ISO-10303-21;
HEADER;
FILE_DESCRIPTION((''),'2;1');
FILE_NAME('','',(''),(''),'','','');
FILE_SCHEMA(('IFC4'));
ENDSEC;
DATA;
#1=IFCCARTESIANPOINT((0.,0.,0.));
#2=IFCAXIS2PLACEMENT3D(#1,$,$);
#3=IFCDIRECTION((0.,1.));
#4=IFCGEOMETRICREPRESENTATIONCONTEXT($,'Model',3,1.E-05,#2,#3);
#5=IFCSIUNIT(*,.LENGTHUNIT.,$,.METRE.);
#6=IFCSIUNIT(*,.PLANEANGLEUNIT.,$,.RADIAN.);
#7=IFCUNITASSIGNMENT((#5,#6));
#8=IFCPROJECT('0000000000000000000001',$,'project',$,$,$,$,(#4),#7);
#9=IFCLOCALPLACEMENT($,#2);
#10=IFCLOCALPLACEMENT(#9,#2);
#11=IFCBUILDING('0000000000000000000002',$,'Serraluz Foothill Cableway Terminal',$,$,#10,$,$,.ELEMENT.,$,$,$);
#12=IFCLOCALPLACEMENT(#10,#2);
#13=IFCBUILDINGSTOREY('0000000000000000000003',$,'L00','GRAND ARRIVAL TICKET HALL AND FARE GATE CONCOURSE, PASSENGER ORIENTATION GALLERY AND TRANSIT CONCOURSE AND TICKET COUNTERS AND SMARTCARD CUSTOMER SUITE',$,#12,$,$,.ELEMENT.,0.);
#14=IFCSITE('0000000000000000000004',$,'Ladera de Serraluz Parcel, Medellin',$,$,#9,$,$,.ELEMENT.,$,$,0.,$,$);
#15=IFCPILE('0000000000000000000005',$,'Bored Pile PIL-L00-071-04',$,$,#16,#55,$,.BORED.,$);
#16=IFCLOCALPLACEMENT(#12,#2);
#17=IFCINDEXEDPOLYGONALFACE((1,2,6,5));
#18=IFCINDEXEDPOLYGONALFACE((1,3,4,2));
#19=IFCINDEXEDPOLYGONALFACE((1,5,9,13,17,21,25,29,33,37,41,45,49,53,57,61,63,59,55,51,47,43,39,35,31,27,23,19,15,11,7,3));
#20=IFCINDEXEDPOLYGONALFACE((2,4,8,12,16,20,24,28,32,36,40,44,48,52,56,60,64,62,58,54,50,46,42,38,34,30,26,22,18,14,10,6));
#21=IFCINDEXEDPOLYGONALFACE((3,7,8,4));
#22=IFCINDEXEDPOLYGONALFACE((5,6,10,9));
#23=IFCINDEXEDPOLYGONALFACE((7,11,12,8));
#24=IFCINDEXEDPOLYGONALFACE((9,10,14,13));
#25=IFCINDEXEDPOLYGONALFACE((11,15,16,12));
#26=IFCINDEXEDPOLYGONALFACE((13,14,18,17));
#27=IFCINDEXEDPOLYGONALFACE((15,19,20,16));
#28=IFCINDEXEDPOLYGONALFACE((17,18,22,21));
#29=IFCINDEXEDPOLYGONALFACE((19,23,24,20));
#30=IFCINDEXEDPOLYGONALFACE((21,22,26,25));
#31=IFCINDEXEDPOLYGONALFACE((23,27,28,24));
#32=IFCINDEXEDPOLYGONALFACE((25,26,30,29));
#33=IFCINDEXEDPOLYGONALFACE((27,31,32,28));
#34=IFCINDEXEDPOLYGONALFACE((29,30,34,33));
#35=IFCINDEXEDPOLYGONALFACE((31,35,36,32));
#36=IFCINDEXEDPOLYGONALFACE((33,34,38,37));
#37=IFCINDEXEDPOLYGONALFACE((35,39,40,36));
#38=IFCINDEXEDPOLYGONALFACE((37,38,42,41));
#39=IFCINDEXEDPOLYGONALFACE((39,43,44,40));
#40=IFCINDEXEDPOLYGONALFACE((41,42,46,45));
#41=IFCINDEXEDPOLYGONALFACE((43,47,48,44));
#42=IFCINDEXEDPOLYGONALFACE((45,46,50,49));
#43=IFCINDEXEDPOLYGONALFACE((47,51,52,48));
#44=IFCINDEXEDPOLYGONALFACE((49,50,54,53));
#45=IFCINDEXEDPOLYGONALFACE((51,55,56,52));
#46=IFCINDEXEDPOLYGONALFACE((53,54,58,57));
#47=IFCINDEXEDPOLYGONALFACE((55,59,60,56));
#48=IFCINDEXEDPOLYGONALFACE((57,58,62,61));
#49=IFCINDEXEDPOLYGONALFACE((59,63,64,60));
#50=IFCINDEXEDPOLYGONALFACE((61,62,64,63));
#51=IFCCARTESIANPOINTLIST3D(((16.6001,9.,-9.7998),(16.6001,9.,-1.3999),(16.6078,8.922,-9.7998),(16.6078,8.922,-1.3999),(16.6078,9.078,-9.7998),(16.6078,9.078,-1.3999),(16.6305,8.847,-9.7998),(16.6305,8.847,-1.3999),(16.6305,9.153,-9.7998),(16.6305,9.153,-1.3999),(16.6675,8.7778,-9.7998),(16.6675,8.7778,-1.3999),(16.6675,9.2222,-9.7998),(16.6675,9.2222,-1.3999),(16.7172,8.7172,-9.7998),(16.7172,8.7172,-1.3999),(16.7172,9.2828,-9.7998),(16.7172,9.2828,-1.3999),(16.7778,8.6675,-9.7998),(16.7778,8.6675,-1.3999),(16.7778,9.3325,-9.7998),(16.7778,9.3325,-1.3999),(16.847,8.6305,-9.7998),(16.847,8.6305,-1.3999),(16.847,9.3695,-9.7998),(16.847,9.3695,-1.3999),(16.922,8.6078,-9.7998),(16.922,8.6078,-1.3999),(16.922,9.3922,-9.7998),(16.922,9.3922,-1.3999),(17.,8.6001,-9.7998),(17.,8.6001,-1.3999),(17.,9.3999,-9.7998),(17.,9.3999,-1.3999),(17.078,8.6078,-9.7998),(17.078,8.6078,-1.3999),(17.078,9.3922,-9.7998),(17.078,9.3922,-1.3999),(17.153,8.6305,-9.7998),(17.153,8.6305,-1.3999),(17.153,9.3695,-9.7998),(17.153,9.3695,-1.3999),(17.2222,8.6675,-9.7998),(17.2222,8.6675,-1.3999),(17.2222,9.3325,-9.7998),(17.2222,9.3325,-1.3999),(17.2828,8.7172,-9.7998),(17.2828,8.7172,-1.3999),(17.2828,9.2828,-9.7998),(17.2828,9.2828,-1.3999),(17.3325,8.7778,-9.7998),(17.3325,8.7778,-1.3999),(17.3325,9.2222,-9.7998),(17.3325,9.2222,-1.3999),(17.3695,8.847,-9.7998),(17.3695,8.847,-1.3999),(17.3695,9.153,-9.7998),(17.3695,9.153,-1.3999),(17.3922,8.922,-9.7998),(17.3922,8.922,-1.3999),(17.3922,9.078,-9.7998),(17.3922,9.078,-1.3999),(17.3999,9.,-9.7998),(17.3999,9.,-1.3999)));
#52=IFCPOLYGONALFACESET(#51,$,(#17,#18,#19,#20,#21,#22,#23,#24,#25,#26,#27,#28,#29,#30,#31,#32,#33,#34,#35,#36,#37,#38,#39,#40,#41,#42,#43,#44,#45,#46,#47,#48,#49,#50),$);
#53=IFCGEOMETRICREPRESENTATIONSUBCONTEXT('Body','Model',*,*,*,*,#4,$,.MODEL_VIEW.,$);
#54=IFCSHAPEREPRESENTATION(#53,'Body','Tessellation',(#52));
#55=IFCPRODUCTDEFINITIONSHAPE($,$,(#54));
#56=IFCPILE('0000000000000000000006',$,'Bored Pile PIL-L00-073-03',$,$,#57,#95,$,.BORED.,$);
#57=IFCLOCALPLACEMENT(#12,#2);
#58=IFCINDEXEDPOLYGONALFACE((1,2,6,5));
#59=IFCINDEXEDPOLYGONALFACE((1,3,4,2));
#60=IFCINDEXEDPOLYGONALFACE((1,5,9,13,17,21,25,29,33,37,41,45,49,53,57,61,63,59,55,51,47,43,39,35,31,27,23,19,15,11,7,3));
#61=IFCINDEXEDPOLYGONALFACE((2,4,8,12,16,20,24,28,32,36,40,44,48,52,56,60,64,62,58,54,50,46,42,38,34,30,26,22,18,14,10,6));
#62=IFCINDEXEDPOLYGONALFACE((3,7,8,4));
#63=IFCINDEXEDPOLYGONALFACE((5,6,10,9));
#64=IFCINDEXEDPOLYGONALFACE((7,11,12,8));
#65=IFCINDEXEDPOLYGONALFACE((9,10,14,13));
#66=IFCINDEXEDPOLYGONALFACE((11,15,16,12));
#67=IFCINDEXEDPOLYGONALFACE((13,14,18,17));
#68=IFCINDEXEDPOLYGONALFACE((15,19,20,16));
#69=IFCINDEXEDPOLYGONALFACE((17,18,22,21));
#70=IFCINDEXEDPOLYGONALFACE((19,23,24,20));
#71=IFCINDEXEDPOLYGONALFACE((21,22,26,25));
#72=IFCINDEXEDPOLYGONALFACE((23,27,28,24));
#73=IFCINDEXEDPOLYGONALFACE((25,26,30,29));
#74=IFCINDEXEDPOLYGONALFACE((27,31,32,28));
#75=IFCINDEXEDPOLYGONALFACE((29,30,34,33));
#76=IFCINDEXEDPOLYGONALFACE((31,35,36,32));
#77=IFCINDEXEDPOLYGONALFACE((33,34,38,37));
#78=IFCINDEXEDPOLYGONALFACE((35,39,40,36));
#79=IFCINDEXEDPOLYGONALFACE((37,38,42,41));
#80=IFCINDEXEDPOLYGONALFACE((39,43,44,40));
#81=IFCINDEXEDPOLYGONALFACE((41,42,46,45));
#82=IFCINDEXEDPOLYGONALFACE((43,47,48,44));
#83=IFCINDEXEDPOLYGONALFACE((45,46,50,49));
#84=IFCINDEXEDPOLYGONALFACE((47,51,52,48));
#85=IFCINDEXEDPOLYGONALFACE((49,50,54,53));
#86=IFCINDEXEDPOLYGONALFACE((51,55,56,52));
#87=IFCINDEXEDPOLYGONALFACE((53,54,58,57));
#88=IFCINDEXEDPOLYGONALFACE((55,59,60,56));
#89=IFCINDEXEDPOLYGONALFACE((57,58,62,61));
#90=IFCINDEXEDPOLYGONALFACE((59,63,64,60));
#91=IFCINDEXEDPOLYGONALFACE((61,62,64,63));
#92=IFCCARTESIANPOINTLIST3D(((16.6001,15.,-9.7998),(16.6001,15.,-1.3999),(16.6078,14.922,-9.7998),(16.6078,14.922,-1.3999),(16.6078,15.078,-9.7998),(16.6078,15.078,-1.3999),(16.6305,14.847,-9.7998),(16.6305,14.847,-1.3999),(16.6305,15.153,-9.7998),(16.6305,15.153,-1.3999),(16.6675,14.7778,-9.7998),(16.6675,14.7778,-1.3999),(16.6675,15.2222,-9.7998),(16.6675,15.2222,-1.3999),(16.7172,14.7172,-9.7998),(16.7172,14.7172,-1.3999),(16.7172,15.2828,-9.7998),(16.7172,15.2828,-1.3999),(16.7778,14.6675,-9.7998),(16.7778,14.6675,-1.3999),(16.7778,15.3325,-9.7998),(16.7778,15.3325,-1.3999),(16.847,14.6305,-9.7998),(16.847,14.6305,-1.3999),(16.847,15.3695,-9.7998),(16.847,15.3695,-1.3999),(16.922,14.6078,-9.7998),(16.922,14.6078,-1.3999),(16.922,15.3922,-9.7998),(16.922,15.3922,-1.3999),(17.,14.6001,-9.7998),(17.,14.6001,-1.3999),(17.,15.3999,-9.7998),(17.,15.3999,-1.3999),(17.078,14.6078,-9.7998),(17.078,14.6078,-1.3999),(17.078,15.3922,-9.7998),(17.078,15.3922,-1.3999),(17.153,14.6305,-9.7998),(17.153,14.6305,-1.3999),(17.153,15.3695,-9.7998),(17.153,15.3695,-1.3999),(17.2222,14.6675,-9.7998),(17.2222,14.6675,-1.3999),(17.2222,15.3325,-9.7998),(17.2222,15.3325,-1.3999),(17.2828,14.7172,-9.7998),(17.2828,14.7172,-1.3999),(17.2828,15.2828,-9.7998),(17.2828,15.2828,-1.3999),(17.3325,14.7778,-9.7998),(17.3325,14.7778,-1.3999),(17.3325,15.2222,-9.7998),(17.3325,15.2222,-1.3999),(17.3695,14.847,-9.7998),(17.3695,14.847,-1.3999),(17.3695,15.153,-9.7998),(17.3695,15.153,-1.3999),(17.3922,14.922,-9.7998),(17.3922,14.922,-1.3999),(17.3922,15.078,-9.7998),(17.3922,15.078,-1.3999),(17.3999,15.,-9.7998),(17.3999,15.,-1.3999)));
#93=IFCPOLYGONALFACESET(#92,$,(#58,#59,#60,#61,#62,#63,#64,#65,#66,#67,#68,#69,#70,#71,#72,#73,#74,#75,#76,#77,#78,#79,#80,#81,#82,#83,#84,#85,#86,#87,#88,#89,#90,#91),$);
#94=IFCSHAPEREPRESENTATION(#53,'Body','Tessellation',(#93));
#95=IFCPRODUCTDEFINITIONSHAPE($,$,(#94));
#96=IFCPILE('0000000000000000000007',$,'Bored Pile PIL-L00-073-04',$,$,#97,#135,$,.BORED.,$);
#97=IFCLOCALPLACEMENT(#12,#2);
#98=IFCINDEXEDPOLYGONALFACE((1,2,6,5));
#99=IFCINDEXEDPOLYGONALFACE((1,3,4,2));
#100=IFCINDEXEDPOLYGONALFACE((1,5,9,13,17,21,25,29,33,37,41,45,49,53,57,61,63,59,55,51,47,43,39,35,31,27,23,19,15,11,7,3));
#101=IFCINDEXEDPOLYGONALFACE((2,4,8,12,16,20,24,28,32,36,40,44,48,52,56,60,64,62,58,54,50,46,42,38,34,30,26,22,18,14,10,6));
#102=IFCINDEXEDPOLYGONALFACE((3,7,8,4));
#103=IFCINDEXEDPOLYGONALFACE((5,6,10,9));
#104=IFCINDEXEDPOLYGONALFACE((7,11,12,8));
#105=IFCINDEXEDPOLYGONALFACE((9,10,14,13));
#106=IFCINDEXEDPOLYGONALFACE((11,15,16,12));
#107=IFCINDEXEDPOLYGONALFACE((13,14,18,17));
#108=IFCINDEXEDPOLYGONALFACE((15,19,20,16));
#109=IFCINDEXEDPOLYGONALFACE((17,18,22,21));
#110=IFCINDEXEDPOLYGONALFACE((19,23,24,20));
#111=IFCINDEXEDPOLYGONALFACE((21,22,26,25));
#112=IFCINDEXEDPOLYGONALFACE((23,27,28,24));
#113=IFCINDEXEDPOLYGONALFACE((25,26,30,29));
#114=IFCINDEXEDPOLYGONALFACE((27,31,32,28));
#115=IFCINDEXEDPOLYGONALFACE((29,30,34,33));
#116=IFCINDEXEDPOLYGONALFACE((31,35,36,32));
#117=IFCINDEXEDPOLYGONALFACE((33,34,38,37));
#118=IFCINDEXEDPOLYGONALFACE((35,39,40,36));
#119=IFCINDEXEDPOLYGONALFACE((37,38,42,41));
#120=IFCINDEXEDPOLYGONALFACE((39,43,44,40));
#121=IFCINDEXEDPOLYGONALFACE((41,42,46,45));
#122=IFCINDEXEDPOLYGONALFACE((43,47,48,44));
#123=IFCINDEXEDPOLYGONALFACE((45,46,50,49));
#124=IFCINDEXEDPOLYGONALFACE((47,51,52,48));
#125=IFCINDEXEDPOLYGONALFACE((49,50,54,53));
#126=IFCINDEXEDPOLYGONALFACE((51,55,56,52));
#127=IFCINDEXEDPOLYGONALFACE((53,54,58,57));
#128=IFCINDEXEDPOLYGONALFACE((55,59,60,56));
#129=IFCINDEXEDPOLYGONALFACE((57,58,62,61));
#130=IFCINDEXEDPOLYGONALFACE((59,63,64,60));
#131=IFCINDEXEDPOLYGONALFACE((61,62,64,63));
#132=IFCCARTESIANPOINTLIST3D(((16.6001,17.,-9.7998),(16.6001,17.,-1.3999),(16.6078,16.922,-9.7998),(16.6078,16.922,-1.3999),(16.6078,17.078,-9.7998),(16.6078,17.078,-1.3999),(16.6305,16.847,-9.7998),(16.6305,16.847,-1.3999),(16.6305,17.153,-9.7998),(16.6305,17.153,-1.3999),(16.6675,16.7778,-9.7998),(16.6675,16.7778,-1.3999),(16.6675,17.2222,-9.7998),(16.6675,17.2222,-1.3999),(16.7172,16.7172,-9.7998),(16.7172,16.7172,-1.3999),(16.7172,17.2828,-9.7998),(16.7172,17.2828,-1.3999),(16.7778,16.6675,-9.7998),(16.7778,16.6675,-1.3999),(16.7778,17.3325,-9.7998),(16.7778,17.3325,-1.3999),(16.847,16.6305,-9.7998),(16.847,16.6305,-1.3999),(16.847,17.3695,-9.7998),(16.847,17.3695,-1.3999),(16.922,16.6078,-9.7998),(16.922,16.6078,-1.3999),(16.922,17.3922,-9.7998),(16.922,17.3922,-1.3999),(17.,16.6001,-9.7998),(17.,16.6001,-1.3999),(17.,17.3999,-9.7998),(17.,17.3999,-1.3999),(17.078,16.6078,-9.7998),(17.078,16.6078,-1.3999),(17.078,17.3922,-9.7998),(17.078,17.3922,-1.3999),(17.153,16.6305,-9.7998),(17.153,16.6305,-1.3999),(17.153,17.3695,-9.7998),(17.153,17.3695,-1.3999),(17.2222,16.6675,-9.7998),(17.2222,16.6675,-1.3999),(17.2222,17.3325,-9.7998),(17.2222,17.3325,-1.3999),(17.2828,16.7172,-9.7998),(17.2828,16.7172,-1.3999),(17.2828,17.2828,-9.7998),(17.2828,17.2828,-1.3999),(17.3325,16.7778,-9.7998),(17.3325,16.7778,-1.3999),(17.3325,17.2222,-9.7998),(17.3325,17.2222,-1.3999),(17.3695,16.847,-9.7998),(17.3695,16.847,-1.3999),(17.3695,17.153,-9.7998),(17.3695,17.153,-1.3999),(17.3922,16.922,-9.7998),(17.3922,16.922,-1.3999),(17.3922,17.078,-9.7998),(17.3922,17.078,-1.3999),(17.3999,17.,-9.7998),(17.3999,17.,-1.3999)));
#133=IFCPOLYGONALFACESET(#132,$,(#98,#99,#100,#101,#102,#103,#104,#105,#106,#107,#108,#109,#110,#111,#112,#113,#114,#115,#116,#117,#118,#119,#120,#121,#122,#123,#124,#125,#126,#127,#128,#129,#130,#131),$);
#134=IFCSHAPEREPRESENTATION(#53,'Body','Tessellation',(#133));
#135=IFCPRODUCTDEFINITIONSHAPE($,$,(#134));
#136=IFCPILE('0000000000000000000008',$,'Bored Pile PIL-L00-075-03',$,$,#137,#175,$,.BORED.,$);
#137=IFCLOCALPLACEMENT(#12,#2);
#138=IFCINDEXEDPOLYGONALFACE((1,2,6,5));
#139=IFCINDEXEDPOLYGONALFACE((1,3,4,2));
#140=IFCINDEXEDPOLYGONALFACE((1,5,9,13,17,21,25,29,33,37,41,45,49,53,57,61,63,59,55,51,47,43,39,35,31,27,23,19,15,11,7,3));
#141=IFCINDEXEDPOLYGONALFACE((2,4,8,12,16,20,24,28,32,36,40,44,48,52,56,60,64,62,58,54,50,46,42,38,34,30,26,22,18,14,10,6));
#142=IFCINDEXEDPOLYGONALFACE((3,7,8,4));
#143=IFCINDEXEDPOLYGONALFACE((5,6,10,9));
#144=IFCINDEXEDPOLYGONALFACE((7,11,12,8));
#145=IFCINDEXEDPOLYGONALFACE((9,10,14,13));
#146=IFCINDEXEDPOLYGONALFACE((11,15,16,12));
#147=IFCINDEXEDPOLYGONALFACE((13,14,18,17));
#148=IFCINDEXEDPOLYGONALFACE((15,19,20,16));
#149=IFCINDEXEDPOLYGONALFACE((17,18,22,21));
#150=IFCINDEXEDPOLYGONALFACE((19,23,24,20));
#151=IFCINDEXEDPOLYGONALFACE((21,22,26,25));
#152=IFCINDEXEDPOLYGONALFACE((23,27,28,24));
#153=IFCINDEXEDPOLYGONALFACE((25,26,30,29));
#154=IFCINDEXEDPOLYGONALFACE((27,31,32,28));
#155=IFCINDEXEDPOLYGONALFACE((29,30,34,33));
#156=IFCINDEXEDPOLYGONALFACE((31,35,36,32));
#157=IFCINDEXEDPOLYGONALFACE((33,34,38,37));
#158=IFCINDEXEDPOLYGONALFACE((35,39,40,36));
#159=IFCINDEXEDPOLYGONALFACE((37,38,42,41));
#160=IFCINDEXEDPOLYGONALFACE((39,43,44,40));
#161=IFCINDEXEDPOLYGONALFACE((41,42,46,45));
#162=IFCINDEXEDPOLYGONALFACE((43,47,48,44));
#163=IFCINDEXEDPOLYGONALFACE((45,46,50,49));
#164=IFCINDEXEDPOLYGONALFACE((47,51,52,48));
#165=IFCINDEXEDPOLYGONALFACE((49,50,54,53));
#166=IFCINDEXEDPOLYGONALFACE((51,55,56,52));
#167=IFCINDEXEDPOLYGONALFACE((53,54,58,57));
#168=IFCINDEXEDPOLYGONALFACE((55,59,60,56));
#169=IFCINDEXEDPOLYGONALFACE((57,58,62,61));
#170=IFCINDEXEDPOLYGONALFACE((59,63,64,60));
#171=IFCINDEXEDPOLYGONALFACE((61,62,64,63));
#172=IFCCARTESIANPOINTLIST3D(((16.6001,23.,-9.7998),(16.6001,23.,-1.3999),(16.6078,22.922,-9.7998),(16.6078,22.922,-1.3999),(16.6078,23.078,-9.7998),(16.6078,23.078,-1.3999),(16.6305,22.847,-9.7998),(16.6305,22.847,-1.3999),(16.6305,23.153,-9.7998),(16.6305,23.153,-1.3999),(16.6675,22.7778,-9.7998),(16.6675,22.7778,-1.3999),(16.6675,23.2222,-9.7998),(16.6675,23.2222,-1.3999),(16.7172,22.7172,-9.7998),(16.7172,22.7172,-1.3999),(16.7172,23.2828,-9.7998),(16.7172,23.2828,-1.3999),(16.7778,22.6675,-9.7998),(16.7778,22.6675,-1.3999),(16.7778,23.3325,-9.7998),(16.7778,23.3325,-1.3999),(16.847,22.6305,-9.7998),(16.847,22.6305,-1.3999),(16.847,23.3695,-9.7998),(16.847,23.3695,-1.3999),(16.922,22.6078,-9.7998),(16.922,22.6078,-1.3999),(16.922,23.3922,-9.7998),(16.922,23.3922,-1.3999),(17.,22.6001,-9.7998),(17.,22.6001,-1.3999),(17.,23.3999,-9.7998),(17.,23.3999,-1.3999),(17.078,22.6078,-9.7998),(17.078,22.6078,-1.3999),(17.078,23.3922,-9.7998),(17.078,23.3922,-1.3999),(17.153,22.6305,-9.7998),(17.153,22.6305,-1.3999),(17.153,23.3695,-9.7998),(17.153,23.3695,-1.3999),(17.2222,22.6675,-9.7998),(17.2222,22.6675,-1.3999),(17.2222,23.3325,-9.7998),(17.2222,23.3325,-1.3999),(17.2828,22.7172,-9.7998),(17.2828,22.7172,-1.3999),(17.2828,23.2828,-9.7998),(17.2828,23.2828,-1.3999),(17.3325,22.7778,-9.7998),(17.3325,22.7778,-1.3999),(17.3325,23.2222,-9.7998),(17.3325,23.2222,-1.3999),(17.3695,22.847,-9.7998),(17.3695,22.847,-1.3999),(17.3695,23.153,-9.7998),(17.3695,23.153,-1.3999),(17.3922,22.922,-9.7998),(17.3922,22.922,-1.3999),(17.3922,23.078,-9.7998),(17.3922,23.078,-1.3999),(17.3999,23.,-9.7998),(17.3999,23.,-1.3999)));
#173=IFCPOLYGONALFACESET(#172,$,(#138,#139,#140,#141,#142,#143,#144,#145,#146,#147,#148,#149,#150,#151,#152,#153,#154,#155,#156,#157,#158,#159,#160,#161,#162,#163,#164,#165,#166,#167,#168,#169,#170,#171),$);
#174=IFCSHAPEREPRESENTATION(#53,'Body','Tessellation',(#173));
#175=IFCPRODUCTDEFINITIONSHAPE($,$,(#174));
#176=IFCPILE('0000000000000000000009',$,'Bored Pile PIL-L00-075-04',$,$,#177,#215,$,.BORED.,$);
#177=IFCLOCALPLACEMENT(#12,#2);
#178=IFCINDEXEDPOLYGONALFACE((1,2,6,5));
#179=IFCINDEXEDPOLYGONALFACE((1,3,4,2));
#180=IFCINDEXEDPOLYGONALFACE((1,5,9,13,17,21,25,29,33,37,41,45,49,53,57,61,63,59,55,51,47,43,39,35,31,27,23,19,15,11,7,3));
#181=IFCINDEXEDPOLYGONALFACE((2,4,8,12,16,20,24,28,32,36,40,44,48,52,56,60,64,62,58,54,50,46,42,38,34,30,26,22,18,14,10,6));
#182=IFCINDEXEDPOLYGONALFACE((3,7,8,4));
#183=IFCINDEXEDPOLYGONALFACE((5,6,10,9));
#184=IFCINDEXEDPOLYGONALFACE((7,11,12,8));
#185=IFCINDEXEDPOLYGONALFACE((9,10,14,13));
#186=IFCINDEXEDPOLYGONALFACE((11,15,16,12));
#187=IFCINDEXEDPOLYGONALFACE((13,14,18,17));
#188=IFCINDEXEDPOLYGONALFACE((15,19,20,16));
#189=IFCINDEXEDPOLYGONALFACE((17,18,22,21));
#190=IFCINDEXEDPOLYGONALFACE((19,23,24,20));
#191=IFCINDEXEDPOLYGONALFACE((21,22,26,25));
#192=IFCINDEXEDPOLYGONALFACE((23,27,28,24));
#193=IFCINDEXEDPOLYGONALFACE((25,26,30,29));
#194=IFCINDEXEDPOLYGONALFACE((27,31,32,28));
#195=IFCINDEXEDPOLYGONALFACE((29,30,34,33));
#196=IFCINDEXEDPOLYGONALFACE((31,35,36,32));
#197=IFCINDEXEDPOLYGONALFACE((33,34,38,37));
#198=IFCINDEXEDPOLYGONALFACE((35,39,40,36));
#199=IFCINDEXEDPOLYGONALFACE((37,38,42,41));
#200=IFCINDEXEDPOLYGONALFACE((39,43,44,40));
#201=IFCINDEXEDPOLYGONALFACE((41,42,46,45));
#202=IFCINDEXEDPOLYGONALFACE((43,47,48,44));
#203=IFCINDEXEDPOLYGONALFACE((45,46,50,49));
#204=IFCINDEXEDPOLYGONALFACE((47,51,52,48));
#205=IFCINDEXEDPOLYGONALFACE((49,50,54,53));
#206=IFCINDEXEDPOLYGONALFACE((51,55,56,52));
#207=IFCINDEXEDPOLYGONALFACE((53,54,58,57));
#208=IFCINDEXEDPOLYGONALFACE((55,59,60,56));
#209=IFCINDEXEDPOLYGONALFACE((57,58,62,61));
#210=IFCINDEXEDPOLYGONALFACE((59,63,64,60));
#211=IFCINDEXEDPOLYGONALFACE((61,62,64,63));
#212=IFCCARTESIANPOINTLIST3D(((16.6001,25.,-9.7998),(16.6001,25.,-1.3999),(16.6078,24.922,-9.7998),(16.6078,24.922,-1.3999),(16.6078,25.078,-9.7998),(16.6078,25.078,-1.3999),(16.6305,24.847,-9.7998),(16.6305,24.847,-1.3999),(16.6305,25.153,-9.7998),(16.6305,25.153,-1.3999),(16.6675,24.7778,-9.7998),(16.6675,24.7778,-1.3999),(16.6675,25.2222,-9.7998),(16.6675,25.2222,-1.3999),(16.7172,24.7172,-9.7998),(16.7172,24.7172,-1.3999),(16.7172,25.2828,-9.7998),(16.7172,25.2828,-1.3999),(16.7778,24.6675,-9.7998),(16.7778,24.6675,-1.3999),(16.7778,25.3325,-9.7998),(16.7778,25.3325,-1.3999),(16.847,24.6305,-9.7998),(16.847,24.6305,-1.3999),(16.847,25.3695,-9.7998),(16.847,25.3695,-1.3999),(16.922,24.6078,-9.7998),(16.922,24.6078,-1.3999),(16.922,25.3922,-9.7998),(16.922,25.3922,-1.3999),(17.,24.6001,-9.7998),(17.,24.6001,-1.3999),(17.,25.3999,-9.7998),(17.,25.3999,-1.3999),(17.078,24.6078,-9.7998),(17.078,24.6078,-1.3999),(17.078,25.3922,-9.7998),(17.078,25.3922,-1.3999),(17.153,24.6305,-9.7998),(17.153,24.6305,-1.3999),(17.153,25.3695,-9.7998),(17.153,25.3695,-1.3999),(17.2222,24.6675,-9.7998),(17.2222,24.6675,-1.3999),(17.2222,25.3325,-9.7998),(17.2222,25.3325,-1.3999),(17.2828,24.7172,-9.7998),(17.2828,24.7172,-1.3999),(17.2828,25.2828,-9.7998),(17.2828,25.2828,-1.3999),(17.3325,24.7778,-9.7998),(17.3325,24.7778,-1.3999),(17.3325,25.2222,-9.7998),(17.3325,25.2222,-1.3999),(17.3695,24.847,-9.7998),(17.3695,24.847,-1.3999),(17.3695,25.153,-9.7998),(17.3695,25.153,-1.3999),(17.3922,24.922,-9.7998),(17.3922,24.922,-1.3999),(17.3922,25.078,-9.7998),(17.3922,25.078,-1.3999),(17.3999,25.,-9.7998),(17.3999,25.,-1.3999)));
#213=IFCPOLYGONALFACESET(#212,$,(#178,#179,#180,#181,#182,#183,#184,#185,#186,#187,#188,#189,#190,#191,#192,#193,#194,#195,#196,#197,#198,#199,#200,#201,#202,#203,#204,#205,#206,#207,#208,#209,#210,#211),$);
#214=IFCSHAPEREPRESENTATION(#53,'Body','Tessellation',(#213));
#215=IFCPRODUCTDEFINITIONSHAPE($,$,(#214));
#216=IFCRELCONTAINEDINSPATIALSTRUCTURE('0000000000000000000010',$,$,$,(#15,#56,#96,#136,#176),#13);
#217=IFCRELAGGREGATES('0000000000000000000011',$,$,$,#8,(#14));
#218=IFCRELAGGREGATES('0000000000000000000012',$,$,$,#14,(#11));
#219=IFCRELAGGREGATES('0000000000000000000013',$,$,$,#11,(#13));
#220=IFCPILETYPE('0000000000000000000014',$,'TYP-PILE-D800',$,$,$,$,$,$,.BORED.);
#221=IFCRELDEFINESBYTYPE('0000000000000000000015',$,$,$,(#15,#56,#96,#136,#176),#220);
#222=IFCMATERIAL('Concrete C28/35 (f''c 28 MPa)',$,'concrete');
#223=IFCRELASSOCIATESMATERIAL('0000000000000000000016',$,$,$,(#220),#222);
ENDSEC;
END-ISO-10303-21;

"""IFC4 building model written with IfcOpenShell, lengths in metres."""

from ifc_helpers import new_model, si_unit, direction, frame, origin, origin_2d, place, context, subcontext, project, spatial, circle, extrude, material, material_profile, profile_set, type_object, element, save


model = new_model("IFC4")

# Units and contexts
model_context = context("Model", 3, precision=1e-05, world=origin(), true_north=direction((0.0, 1.0)))
body_context = subcontext(model_context, "Body", "Model", "MODEL_VIEW")
ifc_project = project(units=[si_unit("LENGTHUNIT", "METRE"), si_unit("PLANEANGLEUNIT", "RADIAN")], contexts=[model_context])

# Site, building, storey
site_placement = place(None, origin())
site = spatial("IfcSite", under=ifc_project, at=site_placement, Name="Ladera de Serraluz Parcel, Medellin", CompositionType="ELEMENT", RefElevation=0.0)
building_placement = place(site_placement, origin())
building = spatial("IfcBuilding", under=site, at=building_placement, Name="Serraluz Foothill Cableway Terminal", CompositionType="ELEMENT")
storey_placement = place(building_placement, origin())
storey = spatial("IfcBuildingStorey", under=building, at=storey_placement, Name="L00", Description="GRAND ARRIVAL TICKET HALL AND FARE GATE CONCOURSE, PASSENGER ORIENTATION GALLERY AND TRANSIT CONCOURSE AND TICKET COUNTERS AND SMARTCARD CUSTOMER SUITE", CompositionType="ELEMENT", Elevation=0.0)

# Piles
ifc_material_1 = material(Name="Concrete C28/35 (f'c 28 MPa)", Category="concrete")
ifc_material_profile_1 = material_profile(ifc_material_1, circle(Radius=0.3999, at=origin_2d()), Name="BORED PILE D800")
ifc_profile_set_1 = profile_set([ifc_material_profile_1], Name="Concrete C28/35 (f'c 28 MPa)")
pile_type = type_object("IfcPileType", Name="TYP-PILE-D800", PredefinedType="BORED", material=ifc_profile_set_1)
for number, where, z_axis, x_axis, name in (
    (1, (17.0, 9.0, -1.3999), (0.0, 0.0, -1.0), (1.0, 0.0, 0.0), "Bored Pile PIL-L00-071-04"),
    (2, (17.0, 15.0, -1.3999), (0.0, 0.0, -1.0), (1.0, 0.0, 0.0), "Bored Pile PIL-L00-073-03"),
    (3, (17.0, 17.0, -1.3999), (0.0, 0.0, -1.0), (1.0, 0.0, 0.0), "Bored Pile PIL-L00-073-04"),
    (4, (17.0, 23.0, -1.3999), (0.0, 0.0, -1.0), (1.0, 0.0, 0.0), "Bored Pile PIL-L00-075-03"),
    (5, (17.0, 25.0, -1.3999), (0.0, 0.0, -1.0), (1.0, 0.0, 0.0), "Bored Pile PIL-L00-075-04"),
):
    element("IfcPile", number, at=place(storey_placement, frame(where, z_axis=z_axis, x_axis=x_axis)), inside=storey, type_object=pile_type, Name=name, PredefinedType="BORED", context=body_context, shape_type="SweptSolid", body=[
        extrude(circle(Radius=0.3999, at=origin_2d()), origin(), (0.0, 0.0, 1.0), 8.3999),
    ])

save(model, "model.ifc")
